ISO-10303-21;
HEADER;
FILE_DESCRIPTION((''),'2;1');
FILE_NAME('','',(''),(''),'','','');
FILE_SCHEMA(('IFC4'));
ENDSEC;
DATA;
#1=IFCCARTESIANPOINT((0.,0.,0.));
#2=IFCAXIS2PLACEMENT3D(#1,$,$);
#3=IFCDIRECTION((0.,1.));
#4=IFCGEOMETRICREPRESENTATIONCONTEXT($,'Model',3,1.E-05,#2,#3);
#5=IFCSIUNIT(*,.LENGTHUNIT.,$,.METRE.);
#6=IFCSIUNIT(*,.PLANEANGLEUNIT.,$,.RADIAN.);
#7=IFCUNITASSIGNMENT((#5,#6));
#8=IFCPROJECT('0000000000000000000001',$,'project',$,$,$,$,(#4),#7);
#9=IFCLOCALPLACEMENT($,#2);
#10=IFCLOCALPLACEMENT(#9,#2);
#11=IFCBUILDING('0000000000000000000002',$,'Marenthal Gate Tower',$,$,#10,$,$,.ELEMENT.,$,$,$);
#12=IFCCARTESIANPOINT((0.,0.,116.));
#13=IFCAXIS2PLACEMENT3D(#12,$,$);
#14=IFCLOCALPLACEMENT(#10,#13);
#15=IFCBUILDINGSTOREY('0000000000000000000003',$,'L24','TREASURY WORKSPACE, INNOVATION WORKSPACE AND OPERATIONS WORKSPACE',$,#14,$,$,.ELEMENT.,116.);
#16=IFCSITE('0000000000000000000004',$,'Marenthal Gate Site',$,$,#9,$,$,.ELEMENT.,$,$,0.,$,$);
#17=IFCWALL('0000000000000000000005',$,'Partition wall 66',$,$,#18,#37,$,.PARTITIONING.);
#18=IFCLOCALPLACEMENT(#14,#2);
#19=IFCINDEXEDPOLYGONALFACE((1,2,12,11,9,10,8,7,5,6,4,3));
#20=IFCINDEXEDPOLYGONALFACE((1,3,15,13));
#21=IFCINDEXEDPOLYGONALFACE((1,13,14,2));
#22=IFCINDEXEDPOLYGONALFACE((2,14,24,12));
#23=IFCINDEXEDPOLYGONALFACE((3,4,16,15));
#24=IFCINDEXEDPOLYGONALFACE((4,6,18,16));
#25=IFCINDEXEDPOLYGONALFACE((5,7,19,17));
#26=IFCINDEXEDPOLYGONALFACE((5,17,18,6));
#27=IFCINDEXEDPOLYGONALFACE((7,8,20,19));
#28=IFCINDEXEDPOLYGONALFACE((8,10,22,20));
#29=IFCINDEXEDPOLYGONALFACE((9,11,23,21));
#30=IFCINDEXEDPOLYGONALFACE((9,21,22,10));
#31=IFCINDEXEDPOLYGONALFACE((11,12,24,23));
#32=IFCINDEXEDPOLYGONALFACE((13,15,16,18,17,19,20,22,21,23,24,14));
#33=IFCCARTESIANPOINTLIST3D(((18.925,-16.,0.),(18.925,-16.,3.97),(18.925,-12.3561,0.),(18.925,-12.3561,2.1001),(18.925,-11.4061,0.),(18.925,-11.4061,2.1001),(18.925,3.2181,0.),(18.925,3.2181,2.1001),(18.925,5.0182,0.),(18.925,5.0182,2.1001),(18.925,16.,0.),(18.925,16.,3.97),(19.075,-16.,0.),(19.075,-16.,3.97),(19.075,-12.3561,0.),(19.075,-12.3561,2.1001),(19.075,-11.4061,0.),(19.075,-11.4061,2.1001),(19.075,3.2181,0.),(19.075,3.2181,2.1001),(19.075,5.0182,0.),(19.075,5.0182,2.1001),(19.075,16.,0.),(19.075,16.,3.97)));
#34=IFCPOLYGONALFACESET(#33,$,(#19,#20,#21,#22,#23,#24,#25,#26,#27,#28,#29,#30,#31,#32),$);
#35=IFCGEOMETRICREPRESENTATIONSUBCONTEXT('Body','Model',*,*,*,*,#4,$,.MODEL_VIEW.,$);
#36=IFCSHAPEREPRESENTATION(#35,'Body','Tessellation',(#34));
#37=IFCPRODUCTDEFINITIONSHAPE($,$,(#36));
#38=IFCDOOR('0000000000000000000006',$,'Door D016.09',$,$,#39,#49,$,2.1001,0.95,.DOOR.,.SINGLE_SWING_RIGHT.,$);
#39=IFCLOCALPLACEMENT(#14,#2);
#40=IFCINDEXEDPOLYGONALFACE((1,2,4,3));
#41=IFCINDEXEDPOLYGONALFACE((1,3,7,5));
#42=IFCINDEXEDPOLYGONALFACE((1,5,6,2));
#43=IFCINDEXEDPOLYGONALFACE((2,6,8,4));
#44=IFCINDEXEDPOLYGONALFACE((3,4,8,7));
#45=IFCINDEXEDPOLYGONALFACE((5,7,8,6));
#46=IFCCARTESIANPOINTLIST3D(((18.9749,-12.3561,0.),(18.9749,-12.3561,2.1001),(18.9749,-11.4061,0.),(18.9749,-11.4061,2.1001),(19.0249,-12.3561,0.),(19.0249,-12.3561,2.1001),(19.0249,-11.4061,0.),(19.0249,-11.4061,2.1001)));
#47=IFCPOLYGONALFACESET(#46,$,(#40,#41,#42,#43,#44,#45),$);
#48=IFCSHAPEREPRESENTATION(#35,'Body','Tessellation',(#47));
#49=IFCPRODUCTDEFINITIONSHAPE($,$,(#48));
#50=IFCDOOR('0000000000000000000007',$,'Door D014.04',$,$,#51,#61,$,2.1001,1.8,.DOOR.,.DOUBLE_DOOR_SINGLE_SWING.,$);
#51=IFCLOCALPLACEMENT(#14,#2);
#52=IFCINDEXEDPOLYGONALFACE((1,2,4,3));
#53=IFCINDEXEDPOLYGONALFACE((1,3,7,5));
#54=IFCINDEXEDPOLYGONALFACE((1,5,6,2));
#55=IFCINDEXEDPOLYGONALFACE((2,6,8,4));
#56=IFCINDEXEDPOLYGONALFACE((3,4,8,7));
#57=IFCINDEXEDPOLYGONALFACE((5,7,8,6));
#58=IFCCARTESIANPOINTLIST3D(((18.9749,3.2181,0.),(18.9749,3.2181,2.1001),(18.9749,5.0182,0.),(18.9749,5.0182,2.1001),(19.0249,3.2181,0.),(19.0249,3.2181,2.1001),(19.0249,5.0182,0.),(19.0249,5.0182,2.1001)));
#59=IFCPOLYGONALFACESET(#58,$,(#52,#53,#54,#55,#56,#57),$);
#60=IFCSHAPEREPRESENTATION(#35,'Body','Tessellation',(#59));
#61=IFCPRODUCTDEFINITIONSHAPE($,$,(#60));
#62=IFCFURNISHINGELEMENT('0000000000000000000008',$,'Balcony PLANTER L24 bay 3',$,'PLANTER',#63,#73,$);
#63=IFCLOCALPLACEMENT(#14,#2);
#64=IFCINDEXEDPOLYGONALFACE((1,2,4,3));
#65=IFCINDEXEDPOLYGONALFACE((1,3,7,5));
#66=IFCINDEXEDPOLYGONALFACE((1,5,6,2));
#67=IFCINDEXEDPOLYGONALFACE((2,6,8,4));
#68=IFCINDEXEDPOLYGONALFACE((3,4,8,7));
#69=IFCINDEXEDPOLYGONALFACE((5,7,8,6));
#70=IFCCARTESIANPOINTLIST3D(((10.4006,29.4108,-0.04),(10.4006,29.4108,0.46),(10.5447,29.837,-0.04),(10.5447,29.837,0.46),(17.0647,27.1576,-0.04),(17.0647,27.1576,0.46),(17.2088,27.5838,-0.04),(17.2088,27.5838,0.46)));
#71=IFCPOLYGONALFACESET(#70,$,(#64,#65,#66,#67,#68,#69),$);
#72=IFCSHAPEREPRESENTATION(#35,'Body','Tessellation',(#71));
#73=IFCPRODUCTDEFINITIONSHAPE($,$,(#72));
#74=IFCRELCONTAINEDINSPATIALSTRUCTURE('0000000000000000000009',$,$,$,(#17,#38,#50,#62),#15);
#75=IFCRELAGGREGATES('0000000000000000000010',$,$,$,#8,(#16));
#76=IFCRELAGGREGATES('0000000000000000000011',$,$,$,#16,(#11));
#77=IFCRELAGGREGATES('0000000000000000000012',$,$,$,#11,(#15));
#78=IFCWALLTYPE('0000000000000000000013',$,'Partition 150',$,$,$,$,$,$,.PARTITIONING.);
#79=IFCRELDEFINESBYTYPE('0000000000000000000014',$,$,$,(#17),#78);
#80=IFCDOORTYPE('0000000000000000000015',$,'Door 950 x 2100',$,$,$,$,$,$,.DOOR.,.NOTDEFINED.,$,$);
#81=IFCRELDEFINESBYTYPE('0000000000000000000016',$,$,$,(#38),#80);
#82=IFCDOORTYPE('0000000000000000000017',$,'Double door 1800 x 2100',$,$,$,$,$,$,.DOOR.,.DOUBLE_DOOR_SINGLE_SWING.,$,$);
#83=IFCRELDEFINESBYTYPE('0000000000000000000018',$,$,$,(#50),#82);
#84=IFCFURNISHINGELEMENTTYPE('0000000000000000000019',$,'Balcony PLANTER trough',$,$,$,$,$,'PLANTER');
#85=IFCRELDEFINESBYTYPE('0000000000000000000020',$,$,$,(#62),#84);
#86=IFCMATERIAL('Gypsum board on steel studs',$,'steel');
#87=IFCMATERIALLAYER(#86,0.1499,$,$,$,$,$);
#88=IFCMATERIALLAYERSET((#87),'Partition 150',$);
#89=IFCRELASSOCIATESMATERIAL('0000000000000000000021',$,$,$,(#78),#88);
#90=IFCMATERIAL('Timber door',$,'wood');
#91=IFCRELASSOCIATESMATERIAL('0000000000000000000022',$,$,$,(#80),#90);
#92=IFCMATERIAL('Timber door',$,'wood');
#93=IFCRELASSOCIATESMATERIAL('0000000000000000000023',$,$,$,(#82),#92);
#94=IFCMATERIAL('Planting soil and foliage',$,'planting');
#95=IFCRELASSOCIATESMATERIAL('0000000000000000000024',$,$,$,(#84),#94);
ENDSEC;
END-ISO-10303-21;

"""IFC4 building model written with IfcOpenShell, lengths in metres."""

from ifc_helpers import new_model, si_unit, direction, frame, frame_2d, origin, origin_2d, place, context, subcontext, project, spatial, rectangle, extrude, material, layer, layer_set, type_object, element, fill, save


model = new_model("IFC4")

# Units and contexts
model_context = context("Model", 3, precision=1e-05, world=origin(), true_north=direction((0.0, 1.0)))
body_context = subcontext(model_context, "Body", "Model", "MODEL_VIEW")
ifc_project = project(units=[si_unit("LENGTHUNIT", "METRE"), si_unit("PLANEANGLEUNIT", "RADIAN")], contexts=[model_context])

# Site, building, storey
site_placement = place(None, origin())
site = spatial("IfcSite", under=ifc_project, at=site_placement, Name="Marenthal Gate Site", CompositionType="ELEMENT", RefElevation=0.0)
building_placement = place(site_placement, origin())
building = spatial("IfcBuilding", under=site, at=building_placement, Name="Marenthal Gate Tower", CompositionType="ELEMENT")
storey_placement = place(building_placement, frame((0.0, 0.0, 116.0)))
storey = spatial("IfcBuildingStorey", under=building, at=storey_placement, Name="L24", Description="TREASURY WORKSPACE, INNOVATION WORKSPACE AND OPERATIONS WORKSPACE", CompositionType="ELEMENT", Elevation=116.0)

# Wall, openings, doors
ifc_material_1 = material(Name="Gypsum board on steel studs", Category="steel")
ifc_layer_1 = layer(ifc_material_1, 0.1499)
ifc_layer_set_1 = layer_set([ifc_layer_1], Name="Partition 150")
wall_type_1 = type_object("IfcWallType", Name="Partition 150", PredefinedType="PARTITIONING", material=ifc_layer_set_1)
wall_1_placement = place(storey_placement, frame((19.0, 16.0, 0.0), z_axis=(0.0, 0.0, 1.0), x_axis=(0.0, -1.0, 0.0)))
wall_1 = element("IfcWall", 1, at=wall_1_placement, inside=storey, type_object=wall_type_1, Name="Partition wall 66", PredefinedType="PARTITIONING", context=body_context, shape_type="SweptSolid", body=[
    extrude(rectangle(XDim=32.0, YDim=0.1499, at=frame_2d((16.0, 0.0))), origin(), (0.0, 0.0, 1.0), 3.97),
])
opening_1_placement = place(wall_1_placement, frame((27.406, 0.0, 0.0)))
opening_1 = element("IfcOpeningElement", 2, at=opening_1_placement, cuts=wall_1, PredefinedType="OPENING", context=body_context, shape_type="SweptSolid", body=[
    extrude(rectangle(XDim=0.95, YDim=2.1001, at=frame_2d((0.4751, 1.05))), frame((0.0, 0.085, 0.0), z_axis=(0.0, -1.0, 0.0), x_axis=(1.0, 0.0, 0.0)), (0.0, 0.0, 1.0), 0.1699),
])
opening_2_placement = place(wall_1_placement, frame((10.9819, 0.0, 0.0)))
opening_2 = element("IfcOpeningElement", 3, at=opening_2_placement, cuts=wall_1, PredefinedType="OPENING", context=body_context, shape_type="SweptSolid", body=[
    extrude(rectangle(XDim=1.8, YDim=2.1001, at=frame_2d((0.8999, 1.05))), frame((0.0, 0.085, 0.0), z_axis=(0.0, -1.0, 0.0), x_axis=(1.0, 0.0, 0.0)), (0.0, 0.0, 1.0), 0.1699),
])
ifc_material_2 = material(Name="Timber door", Category="wood")
door_type_1 = type_object("IfcDoorType", Name="Door 950 x 2100", OperationType="NOTDEFINED", PredefinedType="DOOR", material=ifc_material_2)
door_1_placement = place(opening_1_placement, origin())
door_1 = element("IfcDoor", 4, at=door_1_placement, inside=storey, type_object=door_type_1, Name="Door D016.09", OperationType="SINGLE_SWING_RIGHT", OverallHeight=2.1001, OverallWidth=0.95, PredefinedType="DOOR", context=body_context, shape_type="SweptSolid", body=[
    extrude(rectangle(XDim=0.95, YDim=2.1001, at=frame_2d((0.4751, 1.05))), frame((0.0, 0.0249, 0.0), z_axis=(0.0, -1.0, 0.0), x_axis=(1.0, 0.0, 0.0)), (0.0, 0.0, 1.0), 0.05),
])
fill(opening_1, door_1)
ifc_material_3 = material(Name="Timber door", Category="wood")
door_type_2 = type_object("IfcDoorType", Name="Double door 1800 x 2100", OperationType="DOUBLE_DOOR_SINGLE_SWING", PredefinedType="DOOR", material=ifc_material_3)
door_2_placement = place(opening_2_placement, origin())
door_2 = element("IfcDoor", 5, at=door_2_placement, inside=storey, type_object=door_type_2, Name="Door D014.04", OperationType="DOUBLE_DOOR_SINGLE_SWING", OverallHeight=2.1001, OverallWidth=1.8, PredefinedType="DOOR", context=body_context, shape_type="SweptSolid", body=[
    extrude(rectangle(XDim=1.8, YDim=2.1001, at=frame_2d((0.8999, 1.05))), frame((0.0, 0.0249, 0.0), z_axis=(0.0, -1.0, 0.0), x_axis=(1.0, 0.0, 0.0)), (0.0, 0.0, 1.0), 0.05),
])
fill(opening_2, door_2)

# Furnishing element
ifc_material_4 = material(Name="Planting soil and foliage", Category="planting")
furnishing_element_type = type_object("IfcFurnishingElementType", Name="Balcony PLANTER trough", ElementType="PLANTER", material=ifc_material_4)
furnishing_placement = place(storey_placement, frame((13.8047, 28.4973, -0.04), z_axis=(0.0, 0.0, 1.0), x_axis=(-0.947316, 0.3203, 0.0)))
element("IfcFurnishingElement", 6, at=furnishing_placement, inside=storey, type_object=furnishing_element_type, Name="Balcony PLANTER L24 bay 3", ObjectType="PLANTER", context=body_context, shape_type="SweptSolid", body=[
    extrude(rectangle(XDim=7.0347, YDim=0.45, at=origin_2d()), origin(), (0.0, 0.0, 1.0), 0.5),
])

save(model, "model.ifc")
